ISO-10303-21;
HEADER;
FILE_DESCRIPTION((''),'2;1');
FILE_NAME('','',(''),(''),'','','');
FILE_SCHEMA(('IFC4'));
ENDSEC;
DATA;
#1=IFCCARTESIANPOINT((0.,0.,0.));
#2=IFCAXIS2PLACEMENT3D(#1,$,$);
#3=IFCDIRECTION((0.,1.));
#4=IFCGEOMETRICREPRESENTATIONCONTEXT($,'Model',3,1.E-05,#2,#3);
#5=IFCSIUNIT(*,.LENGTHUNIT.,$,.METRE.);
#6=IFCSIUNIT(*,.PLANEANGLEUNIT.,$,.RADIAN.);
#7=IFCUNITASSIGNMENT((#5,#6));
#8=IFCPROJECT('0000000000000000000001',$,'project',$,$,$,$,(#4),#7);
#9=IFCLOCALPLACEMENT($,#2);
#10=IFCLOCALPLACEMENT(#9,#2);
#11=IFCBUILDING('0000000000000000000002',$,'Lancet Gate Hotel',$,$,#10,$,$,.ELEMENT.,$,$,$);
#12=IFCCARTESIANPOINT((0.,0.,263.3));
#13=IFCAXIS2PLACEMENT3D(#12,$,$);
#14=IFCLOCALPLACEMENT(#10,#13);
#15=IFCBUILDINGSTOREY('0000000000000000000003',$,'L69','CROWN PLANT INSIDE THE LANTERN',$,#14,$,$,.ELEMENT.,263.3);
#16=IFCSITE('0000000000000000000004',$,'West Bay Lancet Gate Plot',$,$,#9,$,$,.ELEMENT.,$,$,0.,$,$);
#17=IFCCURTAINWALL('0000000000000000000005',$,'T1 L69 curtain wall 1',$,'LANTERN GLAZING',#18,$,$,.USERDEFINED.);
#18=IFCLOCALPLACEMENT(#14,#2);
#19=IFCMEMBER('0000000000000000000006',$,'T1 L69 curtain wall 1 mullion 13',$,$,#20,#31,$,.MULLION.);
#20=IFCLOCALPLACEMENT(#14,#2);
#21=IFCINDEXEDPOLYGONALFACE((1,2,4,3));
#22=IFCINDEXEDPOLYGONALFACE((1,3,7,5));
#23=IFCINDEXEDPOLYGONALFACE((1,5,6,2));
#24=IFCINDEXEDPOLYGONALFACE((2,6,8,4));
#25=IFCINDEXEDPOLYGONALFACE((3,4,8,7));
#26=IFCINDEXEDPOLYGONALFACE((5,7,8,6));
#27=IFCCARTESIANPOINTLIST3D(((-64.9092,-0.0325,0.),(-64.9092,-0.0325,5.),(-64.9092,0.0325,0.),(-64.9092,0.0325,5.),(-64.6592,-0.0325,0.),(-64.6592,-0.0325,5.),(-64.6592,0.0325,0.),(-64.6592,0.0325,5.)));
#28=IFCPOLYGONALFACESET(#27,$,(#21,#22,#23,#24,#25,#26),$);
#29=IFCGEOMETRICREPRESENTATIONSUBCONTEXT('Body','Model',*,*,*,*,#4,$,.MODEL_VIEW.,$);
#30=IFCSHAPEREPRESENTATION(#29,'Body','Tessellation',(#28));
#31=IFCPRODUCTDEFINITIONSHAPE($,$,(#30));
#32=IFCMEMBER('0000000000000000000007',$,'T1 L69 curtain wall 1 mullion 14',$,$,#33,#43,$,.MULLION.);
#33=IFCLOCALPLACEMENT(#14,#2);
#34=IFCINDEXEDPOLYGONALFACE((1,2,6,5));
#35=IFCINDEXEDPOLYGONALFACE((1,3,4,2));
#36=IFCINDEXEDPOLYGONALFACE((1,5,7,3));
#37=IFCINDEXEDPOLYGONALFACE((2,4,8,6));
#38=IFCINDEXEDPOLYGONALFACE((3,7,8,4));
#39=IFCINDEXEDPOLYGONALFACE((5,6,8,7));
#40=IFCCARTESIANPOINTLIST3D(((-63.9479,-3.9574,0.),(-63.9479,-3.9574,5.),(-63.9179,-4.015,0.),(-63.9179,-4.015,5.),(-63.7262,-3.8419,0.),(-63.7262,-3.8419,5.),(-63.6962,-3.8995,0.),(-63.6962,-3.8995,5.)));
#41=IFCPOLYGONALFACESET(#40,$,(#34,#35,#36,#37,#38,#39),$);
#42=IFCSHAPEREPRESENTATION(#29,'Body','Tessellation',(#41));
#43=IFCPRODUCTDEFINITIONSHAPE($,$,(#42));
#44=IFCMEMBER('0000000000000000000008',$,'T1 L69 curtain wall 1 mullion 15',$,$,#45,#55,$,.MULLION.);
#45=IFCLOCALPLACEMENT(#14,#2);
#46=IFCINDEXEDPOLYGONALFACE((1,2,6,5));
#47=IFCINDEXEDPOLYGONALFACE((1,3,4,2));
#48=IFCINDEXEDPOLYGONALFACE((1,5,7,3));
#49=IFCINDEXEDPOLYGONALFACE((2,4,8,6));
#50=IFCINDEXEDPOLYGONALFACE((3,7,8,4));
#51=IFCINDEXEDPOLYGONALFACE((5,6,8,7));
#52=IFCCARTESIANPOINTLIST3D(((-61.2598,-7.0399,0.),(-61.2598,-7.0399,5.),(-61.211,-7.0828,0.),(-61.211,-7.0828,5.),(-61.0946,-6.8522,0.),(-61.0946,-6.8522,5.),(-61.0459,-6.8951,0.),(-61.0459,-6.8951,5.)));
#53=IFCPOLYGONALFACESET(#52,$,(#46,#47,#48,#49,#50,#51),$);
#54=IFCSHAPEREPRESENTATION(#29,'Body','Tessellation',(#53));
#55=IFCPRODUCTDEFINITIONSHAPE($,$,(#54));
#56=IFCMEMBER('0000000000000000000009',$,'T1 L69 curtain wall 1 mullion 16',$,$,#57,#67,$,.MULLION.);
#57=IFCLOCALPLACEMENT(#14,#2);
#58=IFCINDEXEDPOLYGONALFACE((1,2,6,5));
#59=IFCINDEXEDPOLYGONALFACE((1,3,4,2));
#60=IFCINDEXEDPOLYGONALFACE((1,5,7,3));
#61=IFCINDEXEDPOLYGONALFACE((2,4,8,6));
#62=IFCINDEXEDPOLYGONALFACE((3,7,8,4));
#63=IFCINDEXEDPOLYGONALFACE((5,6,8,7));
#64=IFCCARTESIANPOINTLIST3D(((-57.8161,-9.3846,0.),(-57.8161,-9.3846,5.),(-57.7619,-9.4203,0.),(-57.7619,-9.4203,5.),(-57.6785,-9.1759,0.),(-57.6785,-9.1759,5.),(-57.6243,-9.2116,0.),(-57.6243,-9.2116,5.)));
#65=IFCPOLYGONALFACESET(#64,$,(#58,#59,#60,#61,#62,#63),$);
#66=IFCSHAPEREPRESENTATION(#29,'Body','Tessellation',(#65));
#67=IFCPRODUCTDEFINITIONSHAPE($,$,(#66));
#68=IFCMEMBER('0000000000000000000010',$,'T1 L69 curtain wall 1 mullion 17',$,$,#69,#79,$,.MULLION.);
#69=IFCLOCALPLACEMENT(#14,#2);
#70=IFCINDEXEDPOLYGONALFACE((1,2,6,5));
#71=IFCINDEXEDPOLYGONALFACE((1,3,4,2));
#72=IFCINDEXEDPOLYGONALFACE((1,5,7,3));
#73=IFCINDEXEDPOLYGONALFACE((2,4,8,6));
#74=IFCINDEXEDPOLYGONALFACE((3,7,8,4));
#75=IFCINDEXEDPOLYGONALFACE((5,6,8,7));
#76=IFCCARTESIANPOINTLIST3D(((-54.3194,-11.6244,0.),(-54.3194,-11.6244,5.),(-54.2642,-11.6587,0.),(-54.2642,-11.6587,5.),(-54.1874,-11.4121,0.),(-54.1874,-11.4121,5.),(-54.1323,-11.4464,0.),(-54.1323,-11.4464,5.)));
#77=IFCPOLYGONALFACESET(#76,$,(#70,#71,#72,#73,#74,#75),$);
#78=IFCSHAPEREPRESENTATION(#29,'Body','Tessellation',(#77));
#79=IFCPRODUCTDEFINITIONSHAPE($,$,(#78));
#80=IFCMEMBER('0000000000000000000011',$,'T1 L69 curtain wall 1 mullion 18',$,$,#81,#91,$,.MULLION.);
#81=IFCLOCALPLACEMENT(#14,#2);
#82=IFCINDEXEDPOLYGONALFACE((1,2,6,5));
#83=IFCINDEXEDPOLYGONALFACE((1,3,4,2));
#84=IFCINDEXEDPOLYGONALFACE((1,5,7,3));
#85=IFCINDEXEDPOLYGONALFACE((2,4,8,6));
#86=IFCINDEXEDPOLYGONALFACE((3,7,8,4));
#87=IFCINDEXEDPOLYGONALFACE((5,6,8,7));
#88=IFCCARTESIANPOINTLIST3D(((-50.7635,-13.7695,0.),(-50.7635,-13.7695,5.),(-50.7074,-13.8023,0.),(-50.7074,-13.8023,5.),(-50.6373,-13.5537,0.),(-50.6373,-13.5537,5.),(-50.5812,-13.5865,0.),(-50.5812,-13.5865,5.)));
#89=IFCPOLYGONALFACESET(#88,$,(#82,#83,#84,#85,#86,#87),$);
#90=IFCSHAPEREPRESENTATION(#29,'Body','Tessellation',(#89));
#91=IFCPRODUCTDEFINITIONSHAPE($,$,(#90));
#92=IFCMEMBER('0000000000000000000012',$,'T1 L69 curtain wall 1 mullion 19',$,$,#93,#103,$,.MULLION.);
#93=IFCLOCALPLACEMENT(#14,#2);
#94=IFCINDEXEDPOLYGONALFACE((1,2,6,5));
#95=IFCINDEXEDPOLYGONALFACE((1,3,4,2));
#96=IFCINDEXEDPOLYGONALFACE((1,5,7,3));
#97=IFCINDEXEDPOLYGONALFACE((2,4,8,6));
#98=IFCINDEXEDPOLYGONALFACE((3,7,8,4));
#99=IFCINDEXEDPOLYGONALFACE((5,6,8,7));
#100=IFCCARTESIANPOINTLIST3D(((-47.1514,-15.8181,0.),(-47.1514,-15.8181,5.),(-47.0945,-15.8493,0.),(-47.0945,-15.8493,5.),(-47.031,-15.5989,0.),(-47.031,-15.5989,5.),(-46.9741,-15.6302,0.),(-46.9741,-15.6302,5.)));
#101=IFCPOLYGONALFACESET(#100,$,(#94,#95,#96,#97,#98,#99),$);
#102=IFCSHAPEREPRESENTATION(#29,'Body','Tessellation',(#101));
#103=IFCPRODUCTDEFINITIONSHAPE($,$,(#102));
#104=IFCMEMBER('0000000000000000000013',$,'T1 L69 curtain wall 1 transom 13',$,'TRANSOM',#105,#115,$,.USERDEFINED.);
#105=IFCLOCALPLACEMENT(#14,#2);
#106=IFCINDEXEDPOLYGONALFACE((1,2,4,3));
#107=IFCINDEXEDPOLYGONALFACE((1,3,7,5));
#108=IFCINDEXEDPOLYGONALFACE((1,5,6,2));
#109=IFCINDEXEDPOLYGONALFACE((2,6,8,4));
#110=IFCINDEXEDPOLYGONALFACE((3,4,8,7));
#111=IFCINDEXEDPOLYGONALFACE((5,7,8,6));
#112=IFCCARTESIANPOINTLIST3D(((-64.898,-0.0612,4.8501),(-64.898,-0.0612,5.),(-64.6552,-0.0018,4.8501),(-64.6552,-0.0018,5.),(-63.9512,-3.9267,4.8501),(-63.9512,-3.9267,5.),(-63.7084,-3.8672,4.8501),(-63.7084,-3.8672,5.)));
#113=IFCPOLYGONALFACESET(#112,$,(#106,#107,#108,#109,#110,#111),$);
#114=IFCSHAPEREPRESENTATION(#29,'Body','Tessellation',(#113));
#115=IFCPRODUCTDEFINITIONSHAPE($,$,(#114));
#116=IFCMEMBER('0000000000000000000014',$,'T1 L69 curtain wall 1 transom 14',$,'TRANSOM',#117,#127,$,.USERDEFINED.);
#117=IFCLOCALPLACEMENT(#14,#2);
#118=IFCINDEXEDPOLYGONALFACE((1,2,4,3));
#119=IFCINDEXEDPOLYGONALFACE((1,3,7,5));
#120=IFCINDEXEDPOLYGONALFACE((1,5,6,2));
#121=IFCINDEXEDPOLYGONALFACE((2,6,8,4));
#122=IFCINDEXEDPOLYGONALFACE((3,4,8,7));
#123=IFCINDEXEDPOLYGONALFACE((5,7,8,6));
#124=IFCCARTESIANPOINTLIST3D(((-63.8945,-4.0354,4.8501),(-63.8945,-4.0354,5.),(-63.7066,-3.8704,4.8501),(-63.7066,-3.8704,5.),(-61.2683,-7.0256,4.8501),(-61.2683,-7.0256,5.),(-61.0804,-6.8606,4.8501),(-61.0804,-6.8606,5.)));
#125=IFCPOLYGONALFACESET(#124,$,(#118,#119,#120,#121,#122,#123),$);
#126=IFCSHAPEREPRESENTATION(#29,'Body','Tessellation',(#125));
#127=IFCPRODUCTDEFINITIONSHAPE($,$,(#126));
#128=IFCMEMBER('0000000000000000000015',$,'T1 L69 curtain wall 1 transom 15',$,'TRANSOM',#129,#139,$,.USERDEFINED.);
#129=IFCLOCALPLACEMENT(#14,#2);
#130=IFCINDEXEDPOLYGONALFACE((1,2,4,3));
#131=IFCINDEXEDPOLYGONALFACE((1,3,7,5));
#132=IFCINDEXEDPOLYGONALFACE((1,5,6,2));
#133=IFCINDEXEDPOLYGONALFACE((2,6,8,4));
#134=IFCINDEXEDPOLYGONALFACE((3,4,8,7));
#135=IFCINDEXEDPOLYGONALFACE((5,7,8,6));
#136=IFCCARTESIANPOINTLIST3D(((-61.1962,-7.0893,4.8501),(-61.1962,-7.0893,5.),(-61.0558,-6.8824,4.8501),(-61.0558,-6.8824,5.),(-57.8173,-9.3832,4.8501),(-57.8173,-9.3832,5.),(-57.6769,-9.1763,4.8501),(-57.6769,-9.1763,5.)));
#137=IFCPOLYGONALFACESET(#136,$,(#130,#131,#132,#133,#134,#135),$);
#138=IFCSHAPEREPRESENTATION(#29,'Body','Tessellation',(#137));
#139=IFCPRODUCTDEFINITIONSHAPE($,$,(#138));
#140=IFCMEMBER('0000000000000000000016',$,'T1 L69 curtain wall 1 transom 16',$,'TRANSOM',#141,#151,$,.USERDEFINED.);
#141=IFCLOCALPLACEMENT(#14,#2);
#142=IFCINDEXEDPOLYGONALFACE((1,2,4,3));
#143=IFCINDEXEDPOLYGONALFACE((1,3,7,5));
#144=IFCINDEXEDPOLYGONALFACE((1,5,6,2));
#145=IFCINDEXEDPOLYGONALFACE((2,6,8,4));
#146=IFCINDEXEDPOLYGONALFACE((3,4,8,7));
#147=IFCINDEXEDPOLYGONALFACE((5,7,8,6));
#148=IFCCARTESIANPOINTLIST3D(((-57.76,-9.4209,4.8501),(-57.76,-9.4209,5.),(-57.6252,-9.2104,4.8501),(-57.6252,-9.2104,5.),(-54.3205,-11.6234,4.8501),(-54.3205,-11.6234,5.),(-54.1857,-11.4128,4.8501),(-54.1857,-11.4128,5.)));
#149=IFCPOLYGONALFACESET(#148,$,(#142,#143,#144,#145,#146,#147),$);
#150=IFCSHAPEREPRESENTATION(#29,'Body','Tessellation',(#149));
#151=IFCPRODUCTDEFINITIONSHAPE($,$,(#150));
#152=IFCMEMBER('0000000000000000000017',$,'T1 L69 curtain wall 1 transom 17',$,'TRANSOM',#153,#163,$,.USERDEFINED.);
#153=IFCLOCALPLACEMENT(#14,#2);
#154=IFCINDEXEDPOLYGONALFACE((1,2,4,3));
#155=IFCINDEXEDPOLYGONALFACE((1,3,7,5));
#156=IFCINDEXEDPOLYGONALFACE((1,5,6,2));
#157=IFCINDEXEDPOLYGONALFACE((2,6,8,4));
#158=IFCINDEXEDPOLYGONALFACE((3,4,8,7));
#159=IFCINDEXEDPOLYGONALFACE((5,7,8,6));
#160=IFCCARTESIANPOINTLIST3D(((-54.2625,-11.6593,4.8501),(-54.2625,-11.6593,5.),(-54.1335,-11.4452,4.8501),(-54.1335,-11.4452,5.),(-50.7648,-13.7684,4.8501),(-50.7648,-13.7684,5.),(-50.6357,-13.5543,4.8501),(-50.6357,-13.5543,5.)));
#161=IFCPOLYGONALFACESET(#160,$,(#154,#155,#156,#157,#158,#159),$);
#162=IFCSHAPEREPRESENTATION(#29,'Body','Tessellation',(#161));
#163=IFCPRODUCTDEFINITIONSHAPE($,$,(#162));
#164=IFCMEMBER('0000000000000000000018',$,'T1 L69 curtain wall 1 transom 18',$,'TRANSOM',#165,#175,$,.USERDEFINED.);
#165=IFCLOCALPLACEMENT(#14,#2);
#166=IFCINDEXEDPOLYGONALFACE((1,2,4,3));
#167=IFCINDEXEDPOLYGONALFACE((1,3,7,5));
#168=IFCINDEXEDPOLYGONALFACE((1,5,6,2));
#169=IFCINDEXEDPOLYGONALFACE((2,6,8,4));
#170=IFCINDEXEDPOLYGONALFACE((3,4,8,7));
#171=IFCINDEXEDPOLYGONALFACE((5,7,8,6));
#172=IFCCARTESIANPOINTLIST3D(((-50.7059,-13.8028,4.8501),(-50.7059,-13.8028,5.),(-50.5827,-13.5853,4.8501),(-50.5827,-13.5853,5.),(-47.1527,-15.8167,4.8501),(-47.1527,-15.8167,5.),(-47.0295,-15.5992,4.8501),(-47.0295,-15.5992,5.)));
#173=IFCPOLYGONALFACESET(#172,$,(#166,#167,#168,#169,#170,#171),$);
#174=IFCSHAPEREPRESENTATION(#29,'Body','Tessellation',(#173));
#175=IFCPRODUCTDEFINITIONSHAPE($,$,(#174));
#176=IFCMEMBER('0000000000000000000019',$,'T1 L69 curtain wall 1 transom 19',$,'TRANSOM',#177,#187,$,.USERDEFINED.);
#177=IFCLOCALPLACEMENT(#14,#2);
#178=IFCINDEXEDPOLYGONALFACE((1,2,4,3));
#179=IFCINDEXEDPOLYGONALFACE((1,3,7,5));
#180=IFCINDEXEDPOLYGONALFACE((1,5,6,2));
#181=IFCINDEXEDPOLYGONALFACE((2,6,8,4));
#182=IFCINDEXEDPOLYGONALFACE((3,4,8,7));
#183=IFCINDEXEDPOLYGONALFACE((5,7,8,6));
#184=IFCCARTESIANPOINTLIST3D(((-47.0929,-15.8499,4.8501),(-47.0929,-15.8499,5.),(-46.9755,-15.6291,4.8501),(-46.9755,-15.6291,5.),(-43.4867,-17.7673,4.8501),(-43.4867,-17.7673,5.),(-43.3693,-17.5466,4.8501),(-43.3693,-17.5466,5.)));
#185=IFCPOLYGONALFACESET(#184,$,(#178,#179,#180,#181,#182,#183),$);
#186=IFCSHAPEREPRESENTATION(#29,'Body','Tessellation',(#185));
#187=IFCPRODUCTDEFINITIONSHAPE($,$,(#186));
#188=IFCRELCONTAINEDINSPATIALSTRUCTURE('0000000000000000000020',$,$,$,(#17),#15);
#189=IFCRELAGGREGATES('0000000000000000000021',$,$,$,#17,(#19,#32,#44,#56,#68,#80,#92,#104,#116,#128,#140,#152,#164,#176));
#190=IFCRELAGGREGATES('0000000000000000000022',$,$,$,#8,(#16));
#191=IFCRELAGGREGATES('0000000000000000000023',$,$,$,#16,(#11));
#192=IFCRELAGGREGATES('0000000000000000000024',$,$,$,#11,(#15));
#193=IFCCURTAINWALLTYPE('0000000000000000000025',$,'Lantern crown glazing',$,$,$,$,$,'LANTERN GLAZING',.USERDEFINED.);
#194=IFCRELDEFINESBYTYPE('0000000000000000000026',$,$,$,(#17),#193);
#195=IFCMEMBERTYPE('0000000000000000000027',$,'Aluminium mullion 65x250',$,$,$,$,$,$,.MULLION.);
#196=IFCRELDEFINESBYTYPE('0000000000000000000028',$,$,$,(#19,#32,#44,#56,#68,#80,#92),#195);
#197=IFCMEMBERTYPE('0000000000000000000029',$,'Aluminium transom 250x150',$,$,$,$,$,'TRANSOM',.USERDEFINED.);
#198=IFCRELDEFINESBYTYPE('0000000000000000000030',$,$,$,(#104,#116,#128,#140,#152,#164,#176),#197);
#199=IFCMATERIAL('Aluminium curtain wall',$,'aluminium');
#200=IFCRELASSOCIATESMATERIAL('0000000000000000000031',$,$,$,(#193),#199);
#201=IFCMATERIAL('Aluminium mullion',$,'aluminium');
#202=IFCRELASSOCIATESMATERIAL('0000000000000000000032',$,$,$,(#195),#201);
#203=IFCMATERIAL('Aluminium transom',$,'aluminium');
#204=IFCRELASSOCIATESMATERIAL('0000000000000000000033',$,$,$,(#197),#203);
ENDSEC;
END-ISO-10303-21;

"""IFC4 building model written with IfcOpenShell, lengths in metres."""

from ifc_helpers import new_model, si_unit, direction, frame, origin, origin_2d, place, context, subcontext, project, spatial, rectangle, extrude, material, material_profile, profile_set, type_object, element, aggregate, save


model = new_model("IFC4")

# Units and contexts
model_context = context("Model", 3, precision=1e-05, world=origin(), true_north=direction((0.0, 1.0)))
body_context = subcontext(model_context, "Body", "Model", "MODEL_VIEW")
ifc_project = project(units=[si_unit("LENGTHUNIT", "METRE"), si_unit("PLANEANGLEUNIT", "RADIAN")], contexts=[model_context])

# Site, building, storey
site_placement = place(None, origin())
site = spatial("IfcSite", under=ifc_project, at=site_placement, Name="West Bay Lancet Gate Plot", CompositionType="ELEMENT", RefElevation=0.0)
building_placement = place(site_placement, origin())
building = spatial("IfcBuilding", under=site, at=building_placement, Name="Lancet Gate Hotel", CompositionType="ELEMENT")
storey_placement = place(building_placement, frame((0.0, 0.0, 263.3)))
storey = spatial("IfcBuildingStorey", under=building, at=storey_placement, Name="L69", Description="CROWN PLANT INSIDE THE LANTERN", CompositionType="ELEMENT", Elevation=263.3)

# Curtain wall, members
ifc_material_1 = material(Name="Aluminium curtain wall", Category="aluminium")
curtain_wall_type = type_object("IfcCurtainWallType", Name="Lantern crown glazing", ElementType="LANTERN GLAZING", PredefinedType="USERDEFINED", material=ifc_material_1)
curtain_wall_placement = place(storey_placement, origin())
curtain_wall = element("IfcCurtainWall", 1, at=curtain_wall_placement, inside=storey, type_object=curtain_wall_type, Name="T1 L69 curtain wall 1", ObjectType="LANTERN GLAZING", PredefinedType="USERDEFINED")
ifc_material_2 = material(Name="Aluminium mullion", Category="aluminium")
ifc_material_profile_1 = material_profile(ifc_material_2, rectangle(XDim=0.0649, YDim=0.25, at=origin_2d()), Name="MULLION 65x250")
ifc_profile_set_1 = profile_set([ifc_material_profile_1], Name="Aluminium mullion")
member_type_1 = type_object("IfcMemberType", Name="Aluminium mullion 65x250", PredefinedType="MULLION", material=ifc_profile_set_1)
member_1_placement = place(storey_placement, frame((-64.7842, 0.0, 0.0), z_axis=(0.0, 0.0, 1.0), x_axis=(0.0, -1.0, 0.0)))
member_1 = element("IfcMember", 2, at=member_1_placement, type_object=member_type_1, Name="T1 L69 curtain wall 1 mullion 13", PredefinedType="MULLION", context=body_context, shape_type="SweptSolid", body=[
    extrude(rectangle(XDim=0.0649, YDim=0.25, at=origin_2d()), origin(), (0.0, 0.0, 1.0), 5.0),
])
member_2_placement = place(storey_placement, frame((-63.822, -3.9285, 0.0), z_axis=(0.0, 0.0, 1.0), x_axis=(0.462178, -0.886787, 0.0)))
member_2 = element("IfcMember", 3, at=member_2_placement, type_object=member_type_1, Name="T1 L69 curtain wall 1 mullion 14", PredefinedType="MULLION", context=body_context, shape_type="SweptSolid", body=[
    extrude(rectangle(XDim=0.0649, YDim=0.25, at=origin_2d()), origin(), (0.0, 0.0, 1.0), 5.0),
])
member_3_placement = place(storey_placement, frame((-61.1528, -6.9675, 0.0), z_axis=(0.0, 0.0, 1.0), x_axis=(0.750716, -0.660626, 0.0)))
member_3 = element("IfcMember", 4, at=member_3_placement, type_object=member_type_1, Name="T1 L69 curtain wall 1 mullion 15", PredefinedType="MULLION", context=body_context, shape_type="SweptSolid", body=[
    extrude(rectangle(XDim=0.0649, YDim=0.25, at=origin_2d()), origin(), (0.0, 0.0, 1.0), 5.0),
])
member_4_placement = place(storey_placement, frame((-57.7202, -9.2981, 0.0), z_axis=(0.0, 0.0, 1.0), x_axis=(0.834827, -0.550512, 0.0)))
member_4 = element("IfcMember", 5, at=member_4_placement, type_object=member_type_1, Name="T1 L69 curtain wall 1 mullion 16", PredefinedType="MULLION", context=body_context, shape_type="SweptSolid", body=[
    extrude(rectangle(XDim=0.0649, YDim=0.25, at=origin_2d()), origin(), (0.0, 0.0, 1.0), 5.0),
])
member_5_placement = place(storey_placement, frame((-54.2258, -11.5354, 0.0), z_axis=(0.0, 0.0, 1.0), x_axis=(0.849342, -0.527842, 0.0)))
member_5 = element("IfcMember", 6, at=member_5_placement, type_object=member_type_1, Name="T1 L69 curtain wall 1 mullion 17", PredefinedType="MULLION", context=body_context, shape_type="SweptSolid", body=[
    extrude(rectangle(XDim=0.0649, YDim=0.25, at=origin_2d()), origin(), (0.0, 0.0, 1.0), 5.0),
])
member_6_placement = place(storey_placement, frame((-50.6724, -13.678, 0.0), z_axis=(0.0, 0.0, 1.0), x_axis=(0.863242, -0.50479, 0.0)))
member_6 = element("IfcMember", 7, at=member_6_placement, type_object=member_type_1, Name="T1 L69 curtain wall 1 mullion 18", PredefinedType="MULLION", context=body_context, shape_type="SweptSolid", body=[
    extrude(rectangle(XDim=0.0649, YDim=0.25, at=origin_2d()), origin(), (0.0, 0.0, 1.0), 5.0),
])
member_7_placement = place(storey_placement, frame((-47.0627, -15.7241, 0.0), z_axis=(0.0, 0.0, 1.0), x_axis=(0.876516, -0.481372, 0.0)))
member_7 = element("IfcMember", 8, at=member_7_placement, type_object=member_type_1, Name="T1 L69 curtain wall 1 mullion 19", PredefinedType="MULLION", context=body_context, shape_type="SweptSolid", body=[
    extrude(rectangle(XDim=0.0649, YDim=0.25, at=origin_2d()), origin(), (0.0, 0.0, 1.0), 5.0),
])
ifc_material_3 = material(Name="Aluminium transom", Category="aluminium")
ifc_material_profile_2 = material_profile(ifc_material_3, rectangle(XDim=0.25, YDim=0.1499, at=origin_2d()), Name="TRANSOM 250x150")
ifc_profile_set_2 = profile_set([ifc_material_profile_2], Name="Aluminium transom")
member_type_2 = type_object("IfcMemberType", Name="Aluminium transom 250x150", ElementType="TRANSOM", PredefinedType="USERDEFINED", material=ifc_profile_set_2)
member_8_placement = place(storey_placement, frame((-64.7766, -0.0315, 4.925), z_axis=(0.237899, -0.97129, 0.0), x_axis=(0.97129, 0.237899, 0.0)))
member_8 = element("IfcMember", 9, at=member_8_placement, type_object=member_type_2, Name="T1 L69 curtain wall 1 transom 13", ObjectType="TRANSOM", PredefinedType="USERDEFINED", context=body_context, shape_type="SweptSolid", body=[
    extrude(rectangle(XDim=0.25, YDim=0.1499, at=origin_2d()), origin(), (0.0, 0.0, 1.0), 3.9797),
])
member_9_placement = place(storey_placement, frame((-63.8005, -3.9529, 4.925), z_axis=(0.659893, -0.751359, 0.0), x_axis=(0.751359, 0.659893, 0.0)))
member_9 = element("IfcMember", 10, at=member_9_placement, type_object=member_type_2, Name="T1 L69 curtain wall 1 transom 14", ObjectType="TRANSOM", PredefinedType="USERDEFINED", context=body_context, shape_type="SweptSolid", body=[
    extrude(rectangle(XDim=0.25, YDim=0.1499, at=origin_2d()), origin(), (0.0, 0.0, 1.0), 3.9797),
])
member_10_placement = place(storey_placement, frame((-61.126, -6.9858, 4.925), z_axis=(0.827349, -0.561689, 0.0), x_axis=(0.561689, 0.827349, 0.0)))
member_10 = element("IfcMember", 11, at=member_10_placement, type_object=member_type_2, Name="T1 L69 curtain wall 1 transom 15", ObjectType="TRANSOM", PredefinedType="USERDEFINED", context=body_context, shape_type="SweptSolid", body=[
    extrude(rectangle(XDim=0.25, YDim=0.1499, at=origin_2d()), origin(), (0.0, 0.0, 1.0), 4.084),
])
member_11_placement = place(storey_placement, frame((-57.6926, -9.3157, 4.925), z_axis=(0.842144, -0.539252, 0.0), x_axis=(0.539252, 0.842144, 0.0)))
member_11 = element("IfcMember", 12, at=member_11_placement, type_object=member_type_2, Name="T1 L69 curtain wall 1 transom 16", ObjectType="TRANSOM", PredefinedType="USERDEFINED", context=body_context, shape_type="SweptSolid", body=[
    extrude(rectangle(XDim=0.25, YDim=0.1499, at=origin_2d()), origin(), (0.0, 0.0, 1.0), 4.0842),
])
member_12_placement = place(storey_placement, frame((-54.198, -11.5522, 4.925), z_axis=(0.856362, -0.516376, 0.0), x_axis=(0.516376, 0.856362, 0.0)))
member_12 = element("IfcMember", 13, at=member_12_placement, type_object=member_type_2, Name="T1 L69 curtain wall 1 transom 17", ObjectType="TRANSOM", PredefinedType="USERDEFINED", context=body_context, shape_type="SweptSolid", body=[
    extrude(rectangle(XDim=0.25, YDim=0.1499, at=origin_2d()), origin(), (0.0, 0.0, 1.0), 4.0845),
])
member_13_placement = place(storey_placement, frame((-50.6443, -13.6941, 4.925), z_axis=(0.869978, -0.493091, 0.0), x_axis=(0.493091, 0.869978, 0.0)))
member_13 = element("IfcMember", 14, at=member_13_placement, type_object=member_type_2, Name="T1 L69 curtain wall 1 transom 18", ObjectType="TRANSOM", PredefinedType="USERDEFINED", context=body_context, shape_type="SweptSolid", body=[
    extrude(rectangle(XDim=0.25, YDim=0.1499, at=origin_2d()), origin(), (0.0, 0.0, 1.0), 4.0842),
])
member_14_placement = place(storey_placement, frame((-47.0342, -15.7395, 4.925), z_axis=(0.882945, -0.469477, 0.0), x_axis=(0.469477, 0.882945, 0.0)))
member_14 = element("IfcMember", 15, at=member_14_placement, type_object=member_type_2, Name="T1 L69 curtain wall 1 transom 19", ObjectType="TRANSOM", PredefinedType="USERDEFINED", context=body_context, shape_type="SweptSolid", body=[
    extrude(rectangle(XDim=0.25, YDim=0.1499, at=origin_2d()), origin(), (0.0, 0.0, 1.0), 4.0842),
])

aggregate(curtain_wall, [member_1, member_2, member_3, member_4, member_5, member_6, member_7, member_8, member_9, member_10, member_11, member_12, member_13, member_14])

save(model, "model.ifc")
